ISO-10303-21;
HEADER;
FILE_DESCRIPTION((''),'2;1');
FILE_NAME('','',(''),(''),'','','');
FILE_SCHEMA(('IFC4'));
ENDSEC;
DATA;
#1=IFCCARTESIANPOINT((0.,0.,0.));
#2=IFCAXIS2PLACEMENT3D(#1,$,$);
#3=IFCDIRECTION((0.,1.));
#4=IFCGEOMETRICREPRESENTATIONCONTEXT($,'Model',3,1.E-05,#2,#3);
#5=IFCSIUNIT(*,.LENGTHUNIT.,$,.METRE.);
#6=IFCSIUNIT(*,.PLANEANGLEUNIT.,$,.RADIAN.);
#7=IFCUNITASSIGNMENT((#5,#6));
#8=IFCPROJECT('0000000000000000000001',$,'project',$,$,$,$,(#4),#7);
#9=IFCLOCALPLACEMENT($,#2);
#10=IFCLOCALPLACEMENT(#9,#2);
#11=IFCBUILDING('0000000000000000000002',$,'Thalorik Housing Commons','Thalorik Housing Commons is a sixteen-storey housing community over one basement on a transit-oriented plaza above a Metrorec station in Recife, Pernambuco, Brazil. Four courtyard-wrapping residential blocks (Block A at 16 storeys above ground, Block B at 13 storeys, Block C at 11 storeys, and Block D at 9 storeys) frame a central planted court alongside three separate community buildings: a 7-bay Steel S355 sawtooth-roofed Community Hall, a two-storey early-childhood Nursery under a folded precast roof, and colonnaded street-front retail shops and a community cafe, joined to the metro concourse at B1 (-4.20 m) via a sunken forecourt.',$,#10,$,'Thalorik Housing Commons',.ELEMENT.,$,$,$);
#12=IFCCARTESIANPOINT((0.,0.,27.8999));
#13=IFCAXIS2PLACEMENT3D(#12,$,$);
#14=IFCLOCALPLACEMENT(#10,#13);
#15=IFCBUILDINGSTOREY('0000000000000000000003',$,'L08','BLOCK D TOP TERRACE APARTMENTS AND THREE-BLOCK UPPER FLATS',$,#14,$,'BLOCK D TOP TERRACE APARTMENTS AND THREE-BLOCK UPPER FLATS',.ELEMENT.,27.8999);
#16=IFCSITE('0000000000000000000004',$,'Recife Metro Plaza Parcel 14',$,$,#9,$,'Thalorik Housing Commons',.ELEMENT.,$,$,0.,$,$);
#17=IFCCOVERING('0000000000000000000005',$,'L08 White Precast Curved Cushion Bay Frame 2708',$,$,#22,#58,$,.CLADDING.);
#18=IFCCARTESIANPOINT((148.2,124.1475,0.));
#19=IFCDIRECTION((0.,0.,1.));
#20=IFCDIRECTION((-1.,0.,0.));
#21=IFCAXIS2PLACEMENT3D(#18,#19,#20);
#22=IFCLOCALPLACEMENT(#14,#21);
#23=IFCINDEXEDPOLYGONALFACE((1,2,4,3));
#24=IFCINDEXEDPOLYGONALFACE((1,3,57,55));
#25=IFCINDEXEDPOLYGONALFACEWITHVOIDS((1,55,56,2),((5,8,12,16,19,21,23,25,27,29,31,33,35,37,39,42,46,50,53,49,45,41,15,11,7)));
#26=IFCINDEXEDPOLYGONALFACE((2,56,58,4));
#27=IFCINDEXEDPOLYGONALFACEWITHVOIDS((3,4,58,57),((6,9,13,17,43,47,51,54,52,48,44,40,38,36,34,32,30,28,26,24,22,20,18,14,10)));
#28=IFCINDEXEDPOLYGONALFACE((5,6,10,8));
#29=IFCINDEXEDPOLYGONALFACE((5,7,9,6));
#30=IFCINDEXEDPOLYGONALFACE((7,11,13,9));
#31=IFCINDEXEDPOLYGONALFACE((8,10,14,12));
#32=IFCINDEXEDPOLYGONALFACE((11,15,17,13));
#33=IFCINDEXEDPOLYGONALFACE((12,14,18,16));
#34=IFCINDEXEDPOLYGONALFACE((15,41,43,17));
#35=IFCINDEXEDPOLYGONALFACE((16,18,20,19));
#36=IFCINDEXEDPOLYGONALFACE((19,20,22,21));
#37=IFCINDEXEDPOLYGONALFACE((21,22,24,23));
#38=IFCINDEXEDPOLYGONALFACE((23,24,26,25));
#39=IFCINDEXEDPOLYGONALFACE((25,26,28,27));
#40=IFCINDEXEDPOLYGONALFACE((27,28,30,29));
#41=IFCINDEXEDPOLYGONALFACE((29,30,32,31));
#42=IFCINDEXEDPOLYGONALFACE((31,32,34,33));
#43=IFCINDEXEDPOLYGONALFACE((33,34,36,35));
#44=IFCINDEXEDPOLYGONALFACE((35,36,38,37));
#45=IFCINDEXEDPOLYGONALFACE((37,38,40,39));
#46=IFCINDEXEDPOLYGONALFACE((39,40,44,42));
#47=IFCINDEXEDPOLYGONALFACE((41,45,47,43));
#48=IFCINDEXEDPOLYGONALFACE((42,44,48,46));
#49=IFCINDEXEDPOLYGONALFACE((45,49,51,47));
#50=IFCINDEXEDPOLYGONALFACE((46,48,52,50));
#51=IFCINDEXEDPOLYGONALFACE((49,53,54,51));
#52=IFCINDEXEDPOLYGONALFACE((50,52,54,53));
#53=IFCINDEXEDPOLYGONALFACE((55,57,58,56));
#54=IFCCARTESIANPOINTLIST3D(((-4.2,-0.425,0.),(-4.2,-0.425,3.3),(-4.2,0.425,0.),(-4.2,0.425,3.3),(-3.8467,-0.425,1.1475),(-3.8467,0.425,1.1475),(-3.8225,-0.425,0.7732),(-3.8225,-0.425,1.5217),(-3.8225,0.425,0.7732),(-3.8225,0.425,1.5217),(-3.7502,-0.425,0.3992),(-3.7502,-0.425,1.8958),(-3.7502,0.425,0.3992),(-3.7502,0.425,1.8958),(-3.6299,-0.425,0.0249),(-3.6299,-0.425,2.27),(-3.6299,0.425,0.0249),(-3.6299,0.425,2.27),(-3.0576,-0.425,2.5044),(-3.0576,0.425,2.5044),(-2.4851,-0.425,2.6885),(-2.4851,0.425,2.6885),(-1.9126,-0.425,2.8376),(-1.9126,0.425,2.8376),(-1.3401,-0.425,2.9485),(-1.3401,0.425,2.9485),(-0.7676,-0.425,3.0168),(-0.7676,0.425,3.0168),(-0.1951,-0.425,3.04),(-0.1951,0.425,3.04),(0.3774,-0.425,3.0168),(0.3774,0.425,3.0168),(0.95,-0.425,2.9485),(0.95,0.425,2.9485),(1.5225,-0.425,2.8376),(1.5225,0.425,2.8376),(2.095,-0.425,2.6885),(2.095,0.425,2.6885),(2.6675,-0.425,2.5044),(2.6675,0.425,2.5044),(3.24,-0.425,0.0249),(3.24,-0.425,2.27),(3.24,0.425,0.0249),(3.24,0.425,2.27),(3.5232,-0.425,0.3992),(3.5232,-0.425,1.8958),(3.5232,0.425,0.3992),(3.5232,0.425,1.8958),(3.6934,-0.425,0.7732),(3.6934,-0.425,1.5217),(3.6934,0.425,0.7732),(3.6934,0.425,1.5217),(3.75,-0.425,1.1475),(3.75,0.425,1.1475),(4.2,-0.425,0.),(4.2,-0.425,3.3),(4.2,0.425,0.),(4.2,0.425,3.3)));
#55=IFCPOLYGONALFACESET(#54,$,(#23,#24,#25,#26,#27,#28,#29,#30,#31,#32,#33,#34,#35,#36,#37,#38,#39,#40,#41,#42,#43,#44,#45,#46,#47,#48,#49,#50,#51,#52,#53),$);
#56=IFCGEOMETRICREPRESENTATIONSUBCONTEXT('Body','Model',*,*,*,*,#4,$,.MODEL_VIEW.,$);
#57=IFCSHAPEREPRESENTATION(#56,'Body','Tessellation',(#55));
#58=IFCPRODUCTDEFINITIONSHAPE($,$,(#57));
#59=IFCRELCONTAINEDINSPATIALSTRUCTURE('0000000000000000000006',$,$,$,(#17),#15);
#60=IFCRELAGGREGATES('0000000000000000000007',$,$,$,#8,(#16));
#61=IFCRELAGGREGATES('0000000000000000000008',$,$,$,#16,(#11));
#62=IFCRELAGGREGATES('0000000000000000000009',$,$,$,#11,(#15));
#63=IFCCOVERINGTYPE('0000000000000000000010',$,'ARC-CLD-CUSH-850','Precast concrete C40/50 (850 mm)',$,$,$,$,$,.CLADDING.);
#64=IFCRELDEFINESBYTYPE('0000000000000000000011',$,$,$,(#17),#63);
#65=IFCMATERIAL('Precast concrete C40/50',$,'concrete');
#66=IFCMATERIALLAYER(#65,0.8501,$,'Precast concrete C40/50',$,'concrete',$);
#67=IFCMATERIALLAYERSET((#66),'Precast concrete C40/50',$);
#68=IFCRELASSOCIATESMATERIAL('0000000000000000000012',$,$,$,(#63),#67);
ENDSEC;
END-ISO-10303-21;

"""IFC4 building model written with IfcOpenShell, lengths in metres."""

from ifc_helpers import new_model, si_unit, direction, frame, origin, place, context, subcontext, project, spatial, polyline, outline, extrude, material, layer, layer_set, type_object, element, save


model = new_model("IFC4")

# Units and contexts
model_context = context("Model", 3, precision=1e-05, world=origin(), true_north=direction((0.0, 1.0)))
body_context = subcontext(model_context, "Body", "Model", "MODEL_VIEW")
ifc_project = project(units=[si_unit("LENGTHUNIT", "METRE"), si_unit("PLANEANGLEUNIT", "RADIAN")], contexts=[model_context])

# Site, building, storey
site_placement = place(None, origin())
site = spatial("IfcSite", under=ifc_project, at=site_placement, Name="Recife Metro Plaza Parcel 14", LongName="Thalorik Housing Commons", CompositionType="ELEMENT", RefElevation=0.0)
building_placement = place(site_placement, origin())
building = spatial("IfcBuilding", under=site, at=building_placement, Name="Thalorik Housing Commons", Description="Thalorik Housing Commons is a sixteen-storey housing community over one basement on a transit-oriented plaza above a Metrorec station in Recife, Pernambuco, Brazil. Four courtyard-wrapping residential blocks (Block A at 16 storeys above ground, Block B at 13 storeys, Block C at 11 storeys, and Block D at 9 storeys) frame a central planted court alongside three separate community buildings: a 7-bay Steel S355 sawtooth-roofed Community Hall, a two-storey early-childhood Nursery under a folded precast roof, and colonnaded street-front retail shops and a community cafe, joined to the metro concourse at B1 (-4.20 m) via a sunken forecourt.", LongName="Thalorik Housing Commons", CompositionType="ELEMENT")
storey_placement = place(building_placement, frame((0.0, 0.0, 27.8999)))
storey = spatial("IfcBuildingStorey", under=building, at=storey_placement, Name="L08", Description="BLOCK D TOP TERRACE APARTMENTS AND THREE-BLOCK UPPER FLATS", LongName="BLOCK D TOP TERRACE APARTMENTS AND THREE-BLOCK UPPER FLATS", CompositionType="ELEMENT", Elevation=27.8999)

# Shared definitions
ifc_material_1 = material(Name="Precast concrete C40/50", Category="concrete")

# Covering
ifc_layer_1 = layer(ifc_material_1, 0.8501, Name="Precast concrete C40/50", Category="concrete")
ifc_layer_set_1 = layer_set([ifc_layer_1], Name="Precast concrete C40/50")
covering_type_1 = type_object("IfcCoveringType", Name="ARC-CLD-CUSH-850", Description="Precast concrete C40/50 (850 mm)", PredefinedType="CLADDING", material=ifc_layer_set_1)
covering_1_placement = place(storey_placement, frame((148.2, 124.1475, 0.0), z_axis=(0.0, 0.0, 1.0), x_axis=(-1.0, 0.0, 0.0)))
element("IfcCovering", 1, at=covering_1_placement, inside=storey, type_object=covering_type_1, Name="L08 White Precast Curved Cushion Bay Frame 2708", PredefinedType="CLADDING", context=body_context, shape_type="SweptSolid", body=[
    extrude(outline(polyline([(-4.2, 0.0), (4.2, 0.0), (4.2, 3.3), (-4.2, 3.3), (-4.2, 0.0)]), holes=[polyline([(3.24, 0.0249), (3.5232, 0.3992), (3.6934, 0.7732), (3.75, 1.1475), (3.6934, 1.5217), (3.5232, 1.8958), (3.24, 2.27), (2.6675, 2.5044), (2.095, 2.6885), (1.5225, 2.8376), (0.95, 2.9485), (0.3774, 3.0168), (-0.1951, 3.04), (-0.7676, 3.0168), (-1.3401, 2.9485), (-1.9126, 2.8376), (-2.4851, 2.6885), (-3.0576, 2.5044), (-3.6299, 2.27), (-3.7502, 1.8958), (-3.8225, 1.5217), (-3.8467, 1.1475), (-3.8225, 0.7732), (-3.7502, 0.3992), (-3.6299, 0.0249), (3.24, 0.0249)])]), frame((0.0, 0.425, 0.0), z_axis=(0.0, -1.0, 0.0), x_axis=(1.0, 0.0, 0.0)), (0.0, 0.0, 1.0), 0.8501),
])

save(model, "model.ifc")
